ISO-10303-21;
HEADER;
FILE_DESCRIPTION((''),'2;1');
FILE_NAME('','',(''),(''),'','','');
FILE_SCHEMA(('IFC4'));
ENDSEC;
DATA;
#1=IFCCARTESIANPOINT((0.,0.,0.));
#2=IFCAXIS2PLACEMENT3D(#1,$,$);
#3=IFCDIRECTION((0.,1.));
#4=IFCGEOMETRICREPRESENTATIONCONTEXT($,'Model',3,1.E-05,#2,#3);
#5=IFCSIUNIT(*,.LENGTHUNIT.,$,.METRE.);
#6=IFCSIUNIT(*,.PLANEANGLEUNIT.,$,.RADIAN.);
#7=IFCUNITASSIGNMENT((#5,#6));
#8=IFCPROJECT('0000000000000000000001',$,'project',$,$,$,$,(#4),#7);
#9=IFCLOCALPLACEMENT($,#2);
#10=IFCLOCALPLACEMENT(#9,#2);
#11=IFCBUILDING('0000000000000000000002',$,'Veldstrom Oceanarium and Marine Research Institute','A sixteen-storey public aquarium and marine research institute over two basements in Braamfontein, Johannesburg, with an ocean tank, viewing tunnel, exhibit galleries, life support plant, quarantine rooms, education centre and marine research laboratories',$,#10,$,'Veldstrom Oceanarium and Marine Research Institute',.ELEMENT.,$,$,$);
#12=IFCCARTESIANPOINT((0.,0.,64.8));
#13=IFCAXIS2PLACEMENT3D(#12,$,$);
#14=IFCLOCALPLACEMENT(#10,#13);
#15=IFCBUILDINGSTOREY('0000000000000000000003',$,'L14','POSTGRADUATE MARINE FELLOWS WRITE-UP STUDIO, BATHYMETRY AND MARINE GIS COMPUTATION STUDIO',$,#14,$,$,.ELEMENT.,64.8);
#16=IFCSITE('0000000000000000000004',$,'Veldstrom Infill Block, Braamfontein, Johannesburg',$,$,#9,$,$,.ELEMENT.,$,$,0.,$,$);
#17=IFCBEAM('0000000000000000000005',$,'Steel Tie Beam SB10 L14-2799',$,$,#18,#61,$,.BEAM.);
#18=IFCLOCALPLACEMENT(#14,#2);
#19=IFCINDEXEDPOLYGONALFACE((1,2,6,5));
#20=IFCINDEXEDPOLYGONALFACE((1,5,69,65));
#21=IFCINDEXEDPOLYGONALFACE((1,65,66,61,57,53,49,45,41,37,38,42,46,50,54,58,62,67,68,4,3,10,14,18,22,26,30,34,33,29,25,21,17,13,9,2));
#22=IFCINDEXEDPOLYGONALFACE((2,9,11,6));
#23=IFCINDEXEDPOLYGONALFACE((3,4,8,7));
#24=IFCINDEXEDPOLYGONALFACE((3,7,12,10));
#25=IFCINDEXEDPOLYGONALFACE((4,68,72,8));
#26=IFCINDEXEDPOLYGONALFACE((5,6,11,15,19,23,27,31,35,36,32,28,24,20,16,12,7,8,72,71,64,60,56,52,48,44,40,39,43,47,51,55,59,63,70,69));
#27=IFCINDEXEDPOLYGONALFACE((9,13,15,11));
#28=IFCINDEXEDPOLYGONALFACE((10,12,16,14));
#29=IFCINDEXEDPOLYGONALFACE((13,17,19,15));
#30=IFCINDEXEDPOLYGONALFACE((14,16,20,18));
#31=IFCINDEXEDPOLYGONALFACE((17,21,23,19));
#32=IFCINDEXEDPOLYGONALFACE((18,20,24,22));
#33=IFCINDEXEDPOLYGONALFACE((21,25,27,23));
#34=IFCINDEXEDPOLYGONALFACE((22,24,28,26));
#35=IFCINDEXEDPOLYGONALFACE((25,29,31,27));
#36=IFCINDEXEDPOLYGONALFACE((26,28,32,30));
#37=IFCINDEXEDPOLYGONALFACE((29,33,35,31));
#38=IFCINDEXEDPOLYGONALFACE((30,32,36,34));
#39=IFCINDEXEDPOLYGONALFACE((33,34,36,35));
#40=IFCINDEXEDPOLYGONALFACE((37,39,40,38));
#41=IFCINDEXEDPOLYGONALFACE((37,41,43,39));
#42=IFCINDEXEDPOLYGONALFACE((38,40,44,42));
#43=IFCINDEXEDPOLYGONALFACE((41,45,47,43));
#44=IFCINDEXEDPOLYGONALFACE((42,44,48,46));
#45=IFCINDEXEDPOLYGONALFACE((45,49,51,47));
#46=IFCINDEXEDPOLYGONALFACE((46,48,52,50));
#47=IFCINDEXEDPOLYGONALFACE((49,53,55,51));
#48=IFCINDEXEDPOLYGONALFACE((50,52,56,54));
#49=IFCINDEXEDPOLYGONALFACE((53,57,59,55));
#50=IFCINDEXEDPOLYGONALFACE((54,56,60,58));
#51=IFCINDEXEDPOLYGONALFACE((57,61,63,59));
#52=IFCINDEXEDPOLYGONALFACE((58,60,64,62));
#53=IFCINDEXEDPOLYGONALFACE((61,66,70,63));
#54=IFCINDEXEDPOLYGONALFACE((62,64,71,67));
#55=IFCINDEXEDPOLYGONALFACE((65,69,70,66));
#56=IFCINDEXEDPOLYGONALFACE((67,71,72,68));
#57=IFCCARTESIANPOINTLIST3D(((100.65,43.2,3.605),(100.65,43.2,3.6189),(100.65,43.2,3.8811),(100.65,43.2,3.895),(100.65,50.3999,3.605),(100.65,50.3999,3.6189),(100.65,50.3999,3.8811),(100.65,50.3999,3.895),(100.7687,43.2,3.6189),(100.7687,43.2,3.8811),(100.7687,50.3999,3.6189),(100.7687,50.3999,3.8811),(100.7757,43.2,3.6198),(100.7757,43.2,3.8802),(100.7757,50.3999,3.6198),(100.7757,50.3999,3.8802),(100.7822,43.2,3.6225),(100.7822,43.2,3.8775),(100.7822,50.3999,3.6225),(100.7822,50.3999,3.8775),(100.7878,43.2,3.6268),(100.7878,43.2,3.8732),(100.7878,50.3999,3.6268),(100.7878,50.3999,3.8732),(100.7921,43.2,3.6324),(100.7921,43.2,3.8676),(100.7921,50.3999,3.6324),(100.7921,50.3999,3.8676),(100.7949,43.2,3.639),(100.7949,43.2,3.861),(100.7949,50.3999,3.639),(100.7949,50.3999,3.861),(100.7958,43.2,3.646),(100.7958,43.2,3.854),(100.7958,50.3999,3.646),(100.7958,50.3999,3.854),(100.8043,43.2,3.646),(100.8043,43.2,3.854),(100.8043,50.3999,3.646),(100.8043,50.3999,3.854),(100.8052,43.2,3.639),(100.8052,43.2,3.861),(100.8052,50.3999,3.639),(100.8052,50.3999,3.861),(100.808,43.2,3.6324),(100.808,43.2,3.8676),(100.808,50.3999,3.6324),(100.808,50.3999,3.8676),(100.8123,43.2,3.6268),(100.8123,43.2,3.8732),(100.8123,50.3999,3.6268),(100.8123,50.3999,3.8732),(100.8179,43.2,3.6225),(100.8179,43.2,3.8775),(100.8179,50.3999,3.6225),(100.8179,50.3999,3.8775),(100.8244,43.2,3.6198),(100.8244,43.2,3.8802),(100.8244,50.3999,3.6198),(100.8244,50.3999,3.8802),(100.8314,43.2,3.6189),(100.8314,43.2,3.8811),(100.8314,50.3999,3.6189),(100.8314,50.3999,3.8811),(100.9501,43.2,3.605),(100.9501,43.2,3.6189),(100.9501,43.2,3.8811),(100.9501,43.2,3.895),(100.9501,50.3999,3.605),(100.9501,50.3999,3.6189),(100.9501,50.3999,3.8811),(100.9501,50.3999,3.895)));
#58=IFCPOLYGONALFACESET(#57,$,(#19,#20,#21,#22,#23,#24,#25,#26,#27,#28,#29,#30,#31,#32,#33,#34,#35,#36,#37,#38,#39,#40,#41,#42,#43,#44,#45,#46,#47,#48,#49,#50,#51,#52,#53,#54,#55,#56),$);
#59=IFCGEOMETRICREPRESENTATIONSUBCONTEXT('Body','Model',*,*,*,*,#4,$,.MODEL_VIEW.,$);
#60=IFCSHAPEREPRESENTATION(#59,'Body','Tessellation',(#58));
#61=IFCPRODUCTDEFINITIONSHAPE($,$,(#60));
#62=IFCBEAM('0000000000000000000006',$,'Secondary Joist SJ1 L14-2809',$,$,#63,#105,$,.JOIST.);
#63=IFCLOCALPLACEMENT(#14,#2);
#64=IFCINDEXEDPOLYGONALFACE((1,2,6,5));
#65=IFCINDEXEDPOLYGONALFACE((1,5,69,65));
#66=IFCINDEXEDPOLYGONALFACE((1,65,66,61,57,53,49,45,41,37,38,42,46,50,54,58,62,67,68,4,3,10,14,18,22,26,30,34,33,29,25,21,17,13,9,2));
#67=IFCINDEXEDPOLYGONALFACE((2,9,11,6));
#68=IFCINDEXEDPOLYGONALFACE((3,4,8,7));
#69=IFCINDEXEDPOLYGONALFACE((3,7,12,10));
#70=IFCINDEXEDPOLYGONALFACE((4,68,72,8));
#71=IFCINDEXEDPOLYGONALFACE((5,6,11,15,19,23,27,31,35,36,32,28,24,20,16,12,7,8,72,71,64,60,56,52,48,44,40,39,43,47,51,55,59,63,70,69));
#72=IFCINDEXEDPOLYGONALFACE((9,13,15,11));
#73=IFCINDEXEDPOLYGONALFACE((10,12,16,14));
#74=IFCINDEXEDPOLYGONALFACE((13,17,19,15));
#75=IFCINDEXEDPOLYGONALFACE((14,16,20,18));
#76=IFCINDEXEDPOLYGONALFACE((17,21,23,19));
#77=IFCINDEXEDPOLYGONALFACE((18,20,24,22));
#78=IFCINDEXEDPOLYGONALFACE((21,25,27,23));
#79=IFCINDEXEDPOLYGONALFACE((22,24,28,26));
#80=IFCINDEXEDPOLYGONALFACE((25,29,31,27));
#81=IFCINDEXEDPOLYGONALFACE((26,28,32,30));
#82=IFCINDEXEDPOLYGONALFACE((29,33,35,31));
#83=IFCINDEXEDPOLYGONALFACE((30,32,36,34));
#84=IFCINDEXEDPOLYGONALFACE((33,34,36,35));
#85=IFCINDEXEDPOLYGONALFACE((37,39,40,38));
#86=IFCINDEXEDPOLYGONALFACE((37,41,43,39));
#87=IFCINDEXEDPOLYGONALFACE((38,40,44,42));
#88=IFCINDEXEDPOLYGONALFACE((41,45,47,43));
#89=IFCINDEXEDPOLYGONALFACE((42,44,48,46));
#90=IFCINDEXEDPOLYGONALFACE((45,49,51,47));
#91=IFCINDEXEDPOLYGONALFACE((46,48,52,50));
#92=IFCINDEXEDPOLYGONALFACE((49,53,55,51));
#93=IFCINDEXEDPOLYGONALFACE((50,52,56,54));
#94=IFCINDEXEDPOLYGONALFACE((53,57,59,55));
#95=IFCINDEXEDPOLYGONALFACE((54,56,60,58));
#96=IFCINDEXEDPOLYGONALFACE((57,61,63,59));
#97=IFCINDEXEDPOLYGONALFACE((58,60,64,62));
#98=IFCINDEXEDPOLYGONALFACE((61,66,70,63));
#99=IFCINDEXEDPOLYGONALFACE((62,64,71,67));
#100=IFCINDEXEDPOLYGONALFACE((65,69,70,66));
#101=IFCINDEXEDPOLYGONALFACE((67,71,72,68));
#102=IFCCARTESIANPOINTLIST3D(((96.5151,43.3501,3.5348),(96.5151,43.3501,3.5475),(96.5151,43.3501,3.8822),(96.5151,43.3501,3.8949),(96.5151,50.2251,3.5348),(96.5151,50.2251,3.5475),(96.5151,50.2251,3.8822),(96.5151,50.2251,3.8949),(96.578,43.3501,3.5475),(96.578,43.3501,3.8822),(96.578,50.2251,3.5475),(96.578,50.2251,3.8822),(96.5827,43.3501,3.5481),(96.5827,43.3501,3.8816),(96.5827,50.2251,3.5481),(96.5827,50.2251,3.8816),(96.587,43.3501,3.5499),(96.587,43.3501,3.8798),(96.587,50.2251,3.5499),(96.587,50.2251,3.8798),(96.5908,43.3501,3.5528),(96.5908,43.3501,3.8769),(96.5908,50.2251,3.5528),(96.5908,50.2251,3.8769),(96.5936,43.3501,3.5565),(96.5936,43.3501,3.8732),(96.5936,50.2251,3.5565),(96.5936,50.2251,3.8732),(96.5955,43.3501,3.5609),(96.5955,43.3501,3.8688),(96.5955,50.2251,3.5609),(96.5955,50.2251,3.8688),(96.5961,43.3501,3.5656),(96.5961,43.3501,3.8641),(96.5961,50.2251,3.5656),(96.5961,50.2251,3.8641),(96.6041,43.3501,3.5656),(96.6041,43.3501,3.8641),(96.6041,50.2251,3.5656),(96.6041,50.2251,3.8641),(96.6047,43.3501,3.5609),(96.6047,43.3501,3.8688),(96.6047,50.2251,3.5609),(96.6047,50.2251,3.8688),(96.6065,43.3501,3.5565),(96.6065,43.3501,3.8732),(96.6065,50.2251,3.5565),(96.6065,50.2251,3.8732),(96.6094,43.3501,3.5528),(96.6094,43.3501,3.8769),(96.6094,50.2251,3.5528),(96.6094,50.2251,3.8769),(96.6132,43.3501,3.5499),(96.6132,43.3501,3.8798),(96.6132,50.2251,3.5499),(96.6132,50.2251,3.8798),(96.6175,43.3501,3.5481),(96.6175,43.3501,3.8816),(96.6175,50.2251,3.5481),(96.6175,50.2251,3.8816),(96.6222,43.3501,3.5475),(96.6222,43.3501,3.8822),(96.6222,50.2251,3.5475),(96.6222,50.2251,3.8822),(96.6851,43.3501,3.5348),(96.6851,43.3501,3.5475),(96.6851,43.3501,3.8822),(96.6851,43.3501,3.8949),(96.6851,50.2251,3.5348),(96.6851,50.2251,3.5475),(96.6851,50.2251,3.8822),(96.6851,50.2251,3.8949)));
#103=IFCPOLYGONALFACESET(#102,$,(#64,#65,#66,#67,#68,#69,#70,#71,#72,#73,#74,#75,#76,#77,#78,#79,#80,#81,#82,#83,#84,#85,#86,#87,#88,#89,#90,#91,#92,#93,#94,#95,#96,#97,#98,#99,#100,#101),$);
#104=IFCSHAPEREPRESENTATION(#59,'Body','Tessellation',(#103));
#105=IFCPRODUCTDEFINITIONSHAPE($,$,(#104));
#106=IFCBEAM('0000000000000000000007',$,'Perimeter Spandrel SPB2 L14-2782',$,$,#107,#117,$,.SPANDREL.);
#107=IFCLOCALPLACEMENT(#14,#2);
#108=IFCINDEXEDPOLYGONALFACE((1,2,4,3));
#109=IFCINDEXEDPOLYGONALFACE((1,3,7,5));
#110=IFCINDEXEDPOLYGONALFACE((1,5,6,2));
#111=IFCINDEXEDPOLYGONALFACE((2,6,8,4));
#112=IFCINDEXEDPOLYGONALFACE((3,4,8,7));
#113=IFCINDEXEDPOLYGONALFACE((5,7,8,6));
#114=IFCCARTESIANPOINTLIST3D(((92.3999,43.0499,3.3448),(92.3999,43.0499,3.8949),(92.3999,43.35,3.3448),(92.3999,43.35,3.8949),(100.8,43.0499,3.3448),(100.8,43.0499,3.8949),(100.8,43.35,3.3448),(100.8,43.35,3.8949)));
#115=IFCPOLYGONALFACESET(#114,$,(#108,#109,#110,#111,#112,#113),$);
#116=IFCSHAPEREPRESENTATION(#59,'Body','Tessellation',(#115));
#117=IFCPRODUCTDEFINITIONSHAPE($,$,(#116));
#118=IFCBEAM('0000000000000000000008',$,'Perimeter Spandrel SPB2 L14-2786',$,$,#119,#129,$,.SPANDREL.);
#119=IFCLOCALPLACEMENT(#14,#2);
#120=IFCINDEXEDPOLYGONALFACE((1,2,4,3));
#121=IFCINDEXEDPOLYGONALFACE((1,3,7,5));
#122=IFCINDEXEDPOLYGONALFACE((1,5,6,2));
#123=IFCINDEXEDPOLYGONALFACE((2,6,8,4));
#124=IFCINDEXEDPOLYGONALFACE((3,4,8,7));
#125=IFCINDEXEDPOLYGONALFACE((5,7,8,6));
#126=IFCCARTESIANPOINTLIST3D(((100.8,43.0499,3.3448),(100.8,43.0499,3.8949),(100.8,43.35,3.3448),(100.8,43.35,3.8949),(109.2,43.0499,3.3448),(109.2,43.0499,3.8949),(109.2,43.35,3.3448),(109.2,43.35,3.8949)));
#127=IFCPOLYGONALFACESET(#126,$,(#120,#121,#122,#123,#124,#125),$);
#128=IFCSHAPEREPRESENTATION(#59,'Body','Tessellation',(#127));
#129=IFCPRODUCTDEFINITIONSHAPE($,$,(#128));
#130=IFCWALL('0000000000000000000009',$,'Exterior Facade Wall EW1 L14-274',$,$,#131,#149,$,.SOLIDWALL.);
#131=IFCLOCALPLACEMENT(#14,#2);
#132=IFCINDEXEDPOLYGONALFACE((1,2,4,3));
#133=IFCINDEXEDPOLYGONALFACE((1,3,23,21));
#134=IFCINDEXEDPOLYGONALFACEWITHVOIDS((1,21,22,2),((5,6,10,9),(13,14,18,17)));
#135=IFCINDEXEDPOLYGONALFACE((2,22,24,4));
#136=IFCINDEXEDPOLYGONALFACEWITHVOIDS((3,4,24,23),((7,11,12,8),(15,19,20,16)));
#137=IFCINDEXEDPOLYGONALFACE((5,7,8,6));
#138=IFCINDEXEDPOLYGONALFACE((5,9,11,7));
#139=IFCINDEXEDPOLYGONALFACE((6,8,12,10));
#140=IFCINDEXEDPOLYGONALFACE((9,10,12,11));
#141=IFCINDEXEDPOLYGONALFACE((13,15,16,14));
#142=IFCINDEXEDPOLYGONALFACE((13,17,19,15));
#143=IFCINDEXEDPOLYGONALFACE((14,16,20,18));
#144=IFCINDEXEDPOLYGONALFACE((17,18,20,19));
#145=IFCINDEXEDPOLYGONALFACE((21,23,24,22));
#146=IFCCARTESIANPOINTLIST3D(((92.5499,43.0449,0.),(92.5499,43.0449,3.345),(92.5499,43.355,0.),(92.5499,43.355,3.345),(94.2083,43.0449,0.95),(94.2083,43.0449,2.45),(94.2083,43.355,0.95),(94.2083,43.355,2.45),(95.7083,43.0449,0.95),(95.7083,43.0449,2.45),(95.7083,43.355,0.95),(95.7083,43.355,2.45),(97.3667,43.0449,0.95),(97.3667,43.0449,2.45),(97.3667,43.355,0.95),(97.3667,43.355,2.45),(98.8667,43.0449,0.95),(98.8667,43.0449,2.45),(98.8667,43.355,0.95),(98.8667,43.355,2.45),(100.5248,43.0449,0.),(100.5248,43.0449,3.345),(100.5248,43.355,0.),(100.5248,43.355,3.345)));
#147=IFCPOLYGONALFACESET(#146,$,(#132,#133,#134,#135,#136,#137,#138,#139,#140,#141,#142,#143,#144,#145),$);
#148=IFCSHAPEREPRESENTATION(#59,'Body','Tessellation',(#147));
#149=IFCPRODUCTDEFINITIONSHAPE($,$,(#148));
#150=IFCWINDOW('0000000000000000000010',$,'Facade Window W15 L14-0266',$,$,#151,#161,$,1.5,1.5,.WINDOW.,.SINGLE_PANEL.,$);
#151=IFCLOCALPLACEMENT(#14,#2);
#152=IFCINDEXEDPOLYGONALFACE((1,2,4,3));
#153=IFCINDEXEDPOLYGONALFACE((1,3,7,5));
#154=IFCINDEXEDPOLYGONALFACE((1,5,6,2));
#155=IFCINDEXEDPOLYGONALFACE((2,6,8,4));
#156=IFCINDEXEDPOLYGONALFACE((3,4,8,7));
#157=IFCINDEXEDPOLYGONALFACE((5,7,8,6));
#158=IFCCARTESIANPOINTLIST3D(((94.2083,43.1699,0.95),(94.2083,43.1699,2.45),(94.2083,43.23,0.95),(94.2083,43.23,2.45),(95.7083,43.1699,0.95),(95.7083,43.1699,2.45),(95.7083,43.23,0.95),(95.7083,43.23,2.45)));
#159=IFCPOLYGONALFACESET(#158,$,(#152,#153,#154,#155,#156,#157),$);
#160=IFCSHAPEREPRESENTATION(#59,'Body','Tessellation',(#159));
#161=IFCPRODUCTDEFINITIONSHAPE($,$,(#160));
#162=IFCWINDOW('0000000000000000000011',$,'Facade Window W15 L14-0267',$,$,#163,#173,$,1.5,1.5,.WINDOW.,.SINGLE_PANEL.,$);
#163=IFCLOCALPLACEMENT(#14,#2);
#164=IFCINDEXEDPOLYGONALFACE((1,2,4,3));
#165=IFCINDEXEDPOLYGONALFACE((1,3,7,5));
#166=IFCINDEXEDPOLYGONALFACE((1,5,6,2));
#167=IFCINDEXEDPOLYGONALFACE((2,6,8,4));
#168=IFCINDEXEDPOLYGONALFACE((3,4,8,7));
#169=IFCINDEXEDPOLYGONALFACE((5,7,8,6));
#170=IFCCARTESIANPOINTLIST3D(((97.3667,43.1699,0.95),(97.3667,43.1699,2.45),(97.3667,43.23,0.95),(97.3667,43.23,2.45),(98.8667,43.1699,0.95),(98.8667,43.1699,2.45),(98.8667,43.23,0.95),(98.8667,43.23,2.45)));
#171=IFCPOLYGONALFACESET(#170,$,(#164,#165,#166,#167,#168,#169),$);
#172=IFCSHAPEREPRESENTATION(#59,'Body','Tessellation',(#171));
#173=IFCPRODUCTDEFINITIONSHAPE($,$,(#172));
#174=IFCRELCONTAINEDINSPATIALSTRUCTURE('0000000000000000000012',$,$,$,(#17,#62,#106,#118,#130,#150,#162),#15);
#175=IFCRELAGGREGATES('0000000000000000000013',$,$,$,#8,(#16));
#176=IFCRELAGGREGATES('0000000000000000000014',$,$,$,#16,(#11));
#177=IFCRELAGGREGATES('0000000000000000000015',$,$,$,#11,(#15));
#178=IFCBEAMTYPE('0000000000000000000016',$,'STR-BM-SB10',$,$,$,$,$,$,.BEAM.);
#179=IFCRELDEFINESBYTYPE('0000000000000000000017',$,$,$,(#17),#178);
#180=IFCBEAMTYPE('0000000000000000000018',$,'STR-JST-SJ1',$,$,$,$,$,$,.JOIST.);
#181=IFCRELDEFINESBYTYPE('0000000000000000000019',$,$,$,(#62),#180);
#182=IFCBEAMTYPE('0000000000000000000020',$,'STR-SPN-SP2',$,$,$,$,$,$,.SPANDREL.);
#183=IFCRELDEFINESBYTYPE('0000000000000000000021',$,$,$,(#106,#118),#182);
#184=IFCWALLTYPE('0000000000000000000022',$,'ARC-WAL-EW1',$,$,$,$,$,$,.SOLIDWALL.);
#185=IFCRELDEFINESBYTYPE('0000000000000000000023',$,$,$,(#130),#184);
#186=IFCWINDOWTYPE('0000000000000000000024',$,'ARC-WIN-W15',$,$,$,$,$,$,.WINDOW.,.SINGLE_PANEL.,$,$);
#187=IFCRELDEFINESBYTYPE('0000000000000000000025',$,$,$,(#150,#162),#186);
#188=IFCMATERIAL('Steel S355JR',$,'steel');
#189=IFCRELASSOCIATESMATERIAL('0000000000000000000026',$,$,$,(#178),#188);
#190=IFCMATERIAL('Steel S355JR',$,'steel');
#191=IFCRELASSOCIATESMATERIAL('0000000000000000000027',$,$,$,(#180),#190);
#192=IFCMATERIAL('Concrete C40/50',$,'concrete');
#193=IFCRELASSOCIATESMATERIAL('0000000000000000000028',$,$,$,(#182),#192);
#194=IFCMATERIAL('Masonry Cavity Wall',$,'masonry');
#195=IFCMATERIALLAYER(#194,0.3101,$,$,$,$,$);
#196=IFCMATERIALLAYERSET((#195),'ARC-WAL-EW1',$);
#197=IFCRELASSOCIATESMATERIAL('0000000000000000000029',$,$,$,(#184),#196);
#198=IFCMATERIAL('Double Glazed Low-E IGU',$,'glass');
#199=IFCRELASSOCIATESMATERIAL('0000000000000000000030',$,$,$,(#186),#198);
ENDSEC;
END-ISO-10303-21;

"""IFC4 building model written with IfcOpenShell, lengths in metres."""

from ifc_helpers import new_model, si_unit, direction, frame, frame_2d, origin, origin_2d, place, context, subcontext, project, spatial, rectangle, i_section, extrude, material, layer, layer_set, material_profile, profile_set, type_object, element, fill, save


model = new_model("IFC4")

# Units and contexts
model_context = context("Model", 3, precision=1e-05, world=origin(), true_north=direction((0.0, 1.0)))
body_context = subcontext(model_context, "Body", "Model", "MODEL_VIEW")
ifc_project = project(units=[si_unit("LENGTHUNIT", "METRE"), si_unit("PLANEANGLEUNIT", "RADIAN")], contexts=[model_context])

# Site, building, storey
site_placement = place(None, origin())
site = spatial("IfcSite", under=ifc_project, at=site_placement, Name="Veldstrom Infill Block, Braamfontein, Johannesburg", CompositionType="ELEMENT", RefElevation=0.0)
building_placement = place(site_placement, origin())
building = spatial("IfcBuilding", under=site, at=building_placement, Name="Veldstrom Oceanarium and Marine Research Institute", Description="A sixteen-storey public aquarium and marine research institute over two basements in Braamfontein, Johannesburg, with an ocean tank, viewing tunnel, exhibit galleries, life support plant, quarantine rooms, education centre and marine research laboratories", LongName="Veldstrom Oceanarium and Marine Research Institute", CompositionType="ELEMENT")
storey_placement = place(building_placement, frame((0.0, 0.0, 64.8)))
storey = spatial("IfcBuildingStorey", under=building, at=storey_placement, Name="L14", Description="POSTGRADUATE MARINE FELLOWS WRITE-UP STUDIO, BATHYMETRY AND MARINE GIS COMPUTATION STUDIO", CompositionType="ELEMENT", Elevation=64.8)

# Beams
ifc_material_1 = material(Name="Steel S355JR", Category="steel")
ifc_material_profile_1 = material_profile(ifc_material_1, i_section(OverallWidth=0.3, OverallDepth=0.29, WebThickness=0.0085, FlangeThickness=0.0139, FilletRadius=0.0271, at=origin_2d()), Name="HEA 300")
ifc_profile_set_1 = profile_set([ifc_material_profile_1], Name="Steel S355JR")
beam_type_1 = type_object("IfcBeamType", Name="STR-BM-SB10", PredefinedType="BEAM", material=ifc_profile_set_1)
beam_1_placement = place(storey_placement, frame((100.8, 43.2, 3.75), z_axis=(0.0, 1.0, 0.0), x_axis=(-1.0, 0.0, 0.0)))
element("IfcBeam", 1, at=beam_1_placement, inside=storey, type_object=beam_type_1, Name="Steel Tie Beam SB10 L14-2799", PredefinedType="BEAM", context=body_context, shape_type="SweptSolid", body=[
    extrude(i_section(OverallWidth=0.3, OverallDepth=0.29, WebThickness=0.0085, FlangeThickness=0.0139, FilletRadius=0.0271, at=origin_2d()), origin(), (0.0, 0.0, 1.0), 7.2),
])
ifc_material_2 = material(Name="Steel S355JR", Category="steel")
ifc_material_profile_2 = material_profile(ifc_material_2, i_section(OverallWidth=0.1699, OverallDepth=0.3601, WebThickness=0.0081, FlangeThickness=0.0127, FilletRadius=0.0181, at=origin_2d()), Name="IPE 360")
ifc_profile_set_2 = profile_set([ifc_material_profile_2], Name="Steel S355JR")
beam_type_2 = type_object("IfcBeamType", Name="STR-JST-SJ1", PredefinedType="JOIST", material=ifc_profile_set_2)
beam_2_placement = place(storey_placement, frame((96.6001, 43.3501, 3.7148), z_axis=(0.0, 1.0, 0.0), x_axis=(-1.0, 0.0, 0.0)))
element("IfcBeam", 2, at=beam_2_placement, inside=storey, type_object=beam_type_2, Name="Secondary Joist SJ1 L14-2809", PredefinedType="JOIST", context=body_context, shape_type="SweptSolid", body=[
    extrude(i_section(OverallWidth=0.1699, OverallDepth=0.3601, WebThickness=0.0081, FlangeThickness=0.0127, FilletRadius=0.0181, at=origin_2d()), origin(), (0.0, 0.0, 1.0), 6.875),
])
ifc_material_3 = material(Name="Concrete C40/50", Category="concrete")
ifc_material_profile_3 = material_profile(ifc_material_3, rectangle(XDim=0.3, YDim=0.55, at=origin_2d()), Name="RC-SPN-300x550")
ifc_profile_set_3 = profile_set([ifc_material_profile_3], Name="Concrete C40/50")
beam_type_3 = type_object("IfcBeamType", Name="STR-SPN-SP2", PredefinedType="SPANDREL", material=ifc_profile_set_3)
beam_3_placement = place(storey_placement, frame((92.3999, 43.2, 3.6199), z_axis=(1.0, 0.0, 0.0), x_axis=(0.0, 1.0, 0.0)))
element("IfcBeam", 3, at=beam_3_placement, inside=storey, type_object=beam_type_3, Name="Perimeter Spandrel SPB2 L14-2782", PredefinedType="SPANDREL", context=body_context, shape_type="SweptSolid", body=[
    extrude(rectangle(XDim=0.3, YDim=0.55, at=origin_2d()), origin(), (0.0, 0.0, 1.0), 8.4001),
])
beam_4_placement = place(storey_placement, frame((100.8, 43.2, 3.6199), z_axis=(1.0, 0.0, 0.0), x_axis=(0.0, 1.0, 0.0)))
element("IfcBeam", 4, at=beam_4_placement, inside=storey, type_object=beam_type_3, Name="Perimeter Spandrel SPB2 L14-2786", PredefinedType="SPANDREL", context=body_context, shape_type="SweptSolid", body=[
    extrude(rectangle(XDim=0.3, YDim=0.55, at=origin_2d()), origin(), (0.0, 0.0, 1.0), 8.3999),
])

# Wall, openings, windows
ifc_material_4 = material(Name="Masonry Cavity Wall", Category="masonry")
ifc_layer_1 = layer(ifc_material_4, 0.3101)
ifc_layer_set_1 = layer_set([ifc_layer_1], Name="ARC-WAL-EW1")
wall_type_1 = type_object("IfcWallType", Name="ARC-WAL-EW1", PredefinedType="SOLIDWALL", material=ifc_layer_set_1)
wall_1_placement = place(storey_placement, frame((92.55, 43.2, 0.0), z_axis=(0.0, 0.0, 1.0), x_axis=(1.0, 0.0, 0.0)))
wall_1 = element("IfcWall", 5, at=wall_1_placement, inside=storey, type_object=wall_type_1, Name="Exterior Facade Wall EW1 L14-274", PredefinedType="SOLIDWALL", context=body_context, shape_type="SweptSolid", body=[
    extrude(rectangle(XDim=7.9749, YDim=0.3101, at=frame_2d((3.9873, 0.0))), origin(), (0.0, 0.0, 1.0), 3.345),
])
opening_1_placement = place(wall_1_placement, frame((1.6582, 0.0, 0.95)))
opening_1 = element("IfcOpeningElement", 6, at=opening_1_placement, cuts=wall_1, PredefinedType="OPENING", context=body_context, shape_type="SweptSolid", body=[
    extrude(rectangle(XDim=1.5, YDim=1.5, at=frame_2d((0.75, 0.75))), frame((0.0, 0.165, 0.0), z_axis=(0.0, -1.0, 0.0), x_axis=(1.0, 0.0, 0.0)), (0.0, 0.0, 1.0), 0.3301),
])
opening_2_placement = place(wall_1_placement, frame((4.8167, 0.0, 0.95)))
opening_2 = element("IfcOpeningElement", 7, at=opening_2_placement, cuts=wall_1, PredefinedType="OPENING", context=body_context, shape_type="SweptSolid", body=[
    extrude(rectangle(XDim=1.5, YDim=1.5, at=frame_2d((0.75, 0.75))), frame((0.0, 0.165, 0.0), z_axis=(0.0, -1.0, 0.0), x_axis=(1.0, 0.0, 0.0)), (0.0, 0.0, 1.0), 0.3301),
])
ifc_material_5 = material(Name="Double Glazed Low-E IGU", Category="glass")
window_type = type_object("IfcWindowType", Name="ARC-WIN-W15", PartitioningType="SINGLE_PANEL", PredefinedType="WINDOW", material=ifc_material_5)
window_1_placement = place(opening_1_placement, origin())
window_1 = element("IfcWindow", 8, at=window_1_placement, inside=storey, type_object=window_type, Name="Facade Window W15 L14-0266", OverallHeight=1.5, OverallWidth=1.5, PartitioningType="SINGLE_PANEL", PredefinedType="WINDOW", context=body_context, shape_type="SweptSolid", body=[
    extrude(rectangle(XDim=1.5, YDim=1.5, at=frame_2d((0.75, 0.75))), frame((0.0, 0.03, 0.0), z_axis=(0.0, -1.0, 0.0), x_axis=(1.0, 0.0, 0.0)), (0.0, 0.0, 1.0), 0.0601),
])
fill(opening_1, window_1)
window_2_placement = place(opening_2_placement, origin())
window_2 = element("IfcWindow", 9, at=window_2_placement, inside=storey, type_object=window_type, Name="Facade Window W15 L14-0267", OverallHeight=1.5, OverallWidth=1.5, PartitioningType="SINGLE_PANEL", PredefinedType="WINDOW", context=body_context, shape_type="SweptSolid", body=[
    extrude(rectangle(XDim=1.5, YDim=1.5, at=frame_2d((0.75, 0.75))), frame((0.0, 0.03, 0.0), z_axis=(0.0, -1.0, 0.0), x_axis=(1.0, 0.0, 0.0)), (0.0, 0.0, 1.0), 0.0601),
])
fill(opening_2, window_2)

save(model, "model.ifc")
